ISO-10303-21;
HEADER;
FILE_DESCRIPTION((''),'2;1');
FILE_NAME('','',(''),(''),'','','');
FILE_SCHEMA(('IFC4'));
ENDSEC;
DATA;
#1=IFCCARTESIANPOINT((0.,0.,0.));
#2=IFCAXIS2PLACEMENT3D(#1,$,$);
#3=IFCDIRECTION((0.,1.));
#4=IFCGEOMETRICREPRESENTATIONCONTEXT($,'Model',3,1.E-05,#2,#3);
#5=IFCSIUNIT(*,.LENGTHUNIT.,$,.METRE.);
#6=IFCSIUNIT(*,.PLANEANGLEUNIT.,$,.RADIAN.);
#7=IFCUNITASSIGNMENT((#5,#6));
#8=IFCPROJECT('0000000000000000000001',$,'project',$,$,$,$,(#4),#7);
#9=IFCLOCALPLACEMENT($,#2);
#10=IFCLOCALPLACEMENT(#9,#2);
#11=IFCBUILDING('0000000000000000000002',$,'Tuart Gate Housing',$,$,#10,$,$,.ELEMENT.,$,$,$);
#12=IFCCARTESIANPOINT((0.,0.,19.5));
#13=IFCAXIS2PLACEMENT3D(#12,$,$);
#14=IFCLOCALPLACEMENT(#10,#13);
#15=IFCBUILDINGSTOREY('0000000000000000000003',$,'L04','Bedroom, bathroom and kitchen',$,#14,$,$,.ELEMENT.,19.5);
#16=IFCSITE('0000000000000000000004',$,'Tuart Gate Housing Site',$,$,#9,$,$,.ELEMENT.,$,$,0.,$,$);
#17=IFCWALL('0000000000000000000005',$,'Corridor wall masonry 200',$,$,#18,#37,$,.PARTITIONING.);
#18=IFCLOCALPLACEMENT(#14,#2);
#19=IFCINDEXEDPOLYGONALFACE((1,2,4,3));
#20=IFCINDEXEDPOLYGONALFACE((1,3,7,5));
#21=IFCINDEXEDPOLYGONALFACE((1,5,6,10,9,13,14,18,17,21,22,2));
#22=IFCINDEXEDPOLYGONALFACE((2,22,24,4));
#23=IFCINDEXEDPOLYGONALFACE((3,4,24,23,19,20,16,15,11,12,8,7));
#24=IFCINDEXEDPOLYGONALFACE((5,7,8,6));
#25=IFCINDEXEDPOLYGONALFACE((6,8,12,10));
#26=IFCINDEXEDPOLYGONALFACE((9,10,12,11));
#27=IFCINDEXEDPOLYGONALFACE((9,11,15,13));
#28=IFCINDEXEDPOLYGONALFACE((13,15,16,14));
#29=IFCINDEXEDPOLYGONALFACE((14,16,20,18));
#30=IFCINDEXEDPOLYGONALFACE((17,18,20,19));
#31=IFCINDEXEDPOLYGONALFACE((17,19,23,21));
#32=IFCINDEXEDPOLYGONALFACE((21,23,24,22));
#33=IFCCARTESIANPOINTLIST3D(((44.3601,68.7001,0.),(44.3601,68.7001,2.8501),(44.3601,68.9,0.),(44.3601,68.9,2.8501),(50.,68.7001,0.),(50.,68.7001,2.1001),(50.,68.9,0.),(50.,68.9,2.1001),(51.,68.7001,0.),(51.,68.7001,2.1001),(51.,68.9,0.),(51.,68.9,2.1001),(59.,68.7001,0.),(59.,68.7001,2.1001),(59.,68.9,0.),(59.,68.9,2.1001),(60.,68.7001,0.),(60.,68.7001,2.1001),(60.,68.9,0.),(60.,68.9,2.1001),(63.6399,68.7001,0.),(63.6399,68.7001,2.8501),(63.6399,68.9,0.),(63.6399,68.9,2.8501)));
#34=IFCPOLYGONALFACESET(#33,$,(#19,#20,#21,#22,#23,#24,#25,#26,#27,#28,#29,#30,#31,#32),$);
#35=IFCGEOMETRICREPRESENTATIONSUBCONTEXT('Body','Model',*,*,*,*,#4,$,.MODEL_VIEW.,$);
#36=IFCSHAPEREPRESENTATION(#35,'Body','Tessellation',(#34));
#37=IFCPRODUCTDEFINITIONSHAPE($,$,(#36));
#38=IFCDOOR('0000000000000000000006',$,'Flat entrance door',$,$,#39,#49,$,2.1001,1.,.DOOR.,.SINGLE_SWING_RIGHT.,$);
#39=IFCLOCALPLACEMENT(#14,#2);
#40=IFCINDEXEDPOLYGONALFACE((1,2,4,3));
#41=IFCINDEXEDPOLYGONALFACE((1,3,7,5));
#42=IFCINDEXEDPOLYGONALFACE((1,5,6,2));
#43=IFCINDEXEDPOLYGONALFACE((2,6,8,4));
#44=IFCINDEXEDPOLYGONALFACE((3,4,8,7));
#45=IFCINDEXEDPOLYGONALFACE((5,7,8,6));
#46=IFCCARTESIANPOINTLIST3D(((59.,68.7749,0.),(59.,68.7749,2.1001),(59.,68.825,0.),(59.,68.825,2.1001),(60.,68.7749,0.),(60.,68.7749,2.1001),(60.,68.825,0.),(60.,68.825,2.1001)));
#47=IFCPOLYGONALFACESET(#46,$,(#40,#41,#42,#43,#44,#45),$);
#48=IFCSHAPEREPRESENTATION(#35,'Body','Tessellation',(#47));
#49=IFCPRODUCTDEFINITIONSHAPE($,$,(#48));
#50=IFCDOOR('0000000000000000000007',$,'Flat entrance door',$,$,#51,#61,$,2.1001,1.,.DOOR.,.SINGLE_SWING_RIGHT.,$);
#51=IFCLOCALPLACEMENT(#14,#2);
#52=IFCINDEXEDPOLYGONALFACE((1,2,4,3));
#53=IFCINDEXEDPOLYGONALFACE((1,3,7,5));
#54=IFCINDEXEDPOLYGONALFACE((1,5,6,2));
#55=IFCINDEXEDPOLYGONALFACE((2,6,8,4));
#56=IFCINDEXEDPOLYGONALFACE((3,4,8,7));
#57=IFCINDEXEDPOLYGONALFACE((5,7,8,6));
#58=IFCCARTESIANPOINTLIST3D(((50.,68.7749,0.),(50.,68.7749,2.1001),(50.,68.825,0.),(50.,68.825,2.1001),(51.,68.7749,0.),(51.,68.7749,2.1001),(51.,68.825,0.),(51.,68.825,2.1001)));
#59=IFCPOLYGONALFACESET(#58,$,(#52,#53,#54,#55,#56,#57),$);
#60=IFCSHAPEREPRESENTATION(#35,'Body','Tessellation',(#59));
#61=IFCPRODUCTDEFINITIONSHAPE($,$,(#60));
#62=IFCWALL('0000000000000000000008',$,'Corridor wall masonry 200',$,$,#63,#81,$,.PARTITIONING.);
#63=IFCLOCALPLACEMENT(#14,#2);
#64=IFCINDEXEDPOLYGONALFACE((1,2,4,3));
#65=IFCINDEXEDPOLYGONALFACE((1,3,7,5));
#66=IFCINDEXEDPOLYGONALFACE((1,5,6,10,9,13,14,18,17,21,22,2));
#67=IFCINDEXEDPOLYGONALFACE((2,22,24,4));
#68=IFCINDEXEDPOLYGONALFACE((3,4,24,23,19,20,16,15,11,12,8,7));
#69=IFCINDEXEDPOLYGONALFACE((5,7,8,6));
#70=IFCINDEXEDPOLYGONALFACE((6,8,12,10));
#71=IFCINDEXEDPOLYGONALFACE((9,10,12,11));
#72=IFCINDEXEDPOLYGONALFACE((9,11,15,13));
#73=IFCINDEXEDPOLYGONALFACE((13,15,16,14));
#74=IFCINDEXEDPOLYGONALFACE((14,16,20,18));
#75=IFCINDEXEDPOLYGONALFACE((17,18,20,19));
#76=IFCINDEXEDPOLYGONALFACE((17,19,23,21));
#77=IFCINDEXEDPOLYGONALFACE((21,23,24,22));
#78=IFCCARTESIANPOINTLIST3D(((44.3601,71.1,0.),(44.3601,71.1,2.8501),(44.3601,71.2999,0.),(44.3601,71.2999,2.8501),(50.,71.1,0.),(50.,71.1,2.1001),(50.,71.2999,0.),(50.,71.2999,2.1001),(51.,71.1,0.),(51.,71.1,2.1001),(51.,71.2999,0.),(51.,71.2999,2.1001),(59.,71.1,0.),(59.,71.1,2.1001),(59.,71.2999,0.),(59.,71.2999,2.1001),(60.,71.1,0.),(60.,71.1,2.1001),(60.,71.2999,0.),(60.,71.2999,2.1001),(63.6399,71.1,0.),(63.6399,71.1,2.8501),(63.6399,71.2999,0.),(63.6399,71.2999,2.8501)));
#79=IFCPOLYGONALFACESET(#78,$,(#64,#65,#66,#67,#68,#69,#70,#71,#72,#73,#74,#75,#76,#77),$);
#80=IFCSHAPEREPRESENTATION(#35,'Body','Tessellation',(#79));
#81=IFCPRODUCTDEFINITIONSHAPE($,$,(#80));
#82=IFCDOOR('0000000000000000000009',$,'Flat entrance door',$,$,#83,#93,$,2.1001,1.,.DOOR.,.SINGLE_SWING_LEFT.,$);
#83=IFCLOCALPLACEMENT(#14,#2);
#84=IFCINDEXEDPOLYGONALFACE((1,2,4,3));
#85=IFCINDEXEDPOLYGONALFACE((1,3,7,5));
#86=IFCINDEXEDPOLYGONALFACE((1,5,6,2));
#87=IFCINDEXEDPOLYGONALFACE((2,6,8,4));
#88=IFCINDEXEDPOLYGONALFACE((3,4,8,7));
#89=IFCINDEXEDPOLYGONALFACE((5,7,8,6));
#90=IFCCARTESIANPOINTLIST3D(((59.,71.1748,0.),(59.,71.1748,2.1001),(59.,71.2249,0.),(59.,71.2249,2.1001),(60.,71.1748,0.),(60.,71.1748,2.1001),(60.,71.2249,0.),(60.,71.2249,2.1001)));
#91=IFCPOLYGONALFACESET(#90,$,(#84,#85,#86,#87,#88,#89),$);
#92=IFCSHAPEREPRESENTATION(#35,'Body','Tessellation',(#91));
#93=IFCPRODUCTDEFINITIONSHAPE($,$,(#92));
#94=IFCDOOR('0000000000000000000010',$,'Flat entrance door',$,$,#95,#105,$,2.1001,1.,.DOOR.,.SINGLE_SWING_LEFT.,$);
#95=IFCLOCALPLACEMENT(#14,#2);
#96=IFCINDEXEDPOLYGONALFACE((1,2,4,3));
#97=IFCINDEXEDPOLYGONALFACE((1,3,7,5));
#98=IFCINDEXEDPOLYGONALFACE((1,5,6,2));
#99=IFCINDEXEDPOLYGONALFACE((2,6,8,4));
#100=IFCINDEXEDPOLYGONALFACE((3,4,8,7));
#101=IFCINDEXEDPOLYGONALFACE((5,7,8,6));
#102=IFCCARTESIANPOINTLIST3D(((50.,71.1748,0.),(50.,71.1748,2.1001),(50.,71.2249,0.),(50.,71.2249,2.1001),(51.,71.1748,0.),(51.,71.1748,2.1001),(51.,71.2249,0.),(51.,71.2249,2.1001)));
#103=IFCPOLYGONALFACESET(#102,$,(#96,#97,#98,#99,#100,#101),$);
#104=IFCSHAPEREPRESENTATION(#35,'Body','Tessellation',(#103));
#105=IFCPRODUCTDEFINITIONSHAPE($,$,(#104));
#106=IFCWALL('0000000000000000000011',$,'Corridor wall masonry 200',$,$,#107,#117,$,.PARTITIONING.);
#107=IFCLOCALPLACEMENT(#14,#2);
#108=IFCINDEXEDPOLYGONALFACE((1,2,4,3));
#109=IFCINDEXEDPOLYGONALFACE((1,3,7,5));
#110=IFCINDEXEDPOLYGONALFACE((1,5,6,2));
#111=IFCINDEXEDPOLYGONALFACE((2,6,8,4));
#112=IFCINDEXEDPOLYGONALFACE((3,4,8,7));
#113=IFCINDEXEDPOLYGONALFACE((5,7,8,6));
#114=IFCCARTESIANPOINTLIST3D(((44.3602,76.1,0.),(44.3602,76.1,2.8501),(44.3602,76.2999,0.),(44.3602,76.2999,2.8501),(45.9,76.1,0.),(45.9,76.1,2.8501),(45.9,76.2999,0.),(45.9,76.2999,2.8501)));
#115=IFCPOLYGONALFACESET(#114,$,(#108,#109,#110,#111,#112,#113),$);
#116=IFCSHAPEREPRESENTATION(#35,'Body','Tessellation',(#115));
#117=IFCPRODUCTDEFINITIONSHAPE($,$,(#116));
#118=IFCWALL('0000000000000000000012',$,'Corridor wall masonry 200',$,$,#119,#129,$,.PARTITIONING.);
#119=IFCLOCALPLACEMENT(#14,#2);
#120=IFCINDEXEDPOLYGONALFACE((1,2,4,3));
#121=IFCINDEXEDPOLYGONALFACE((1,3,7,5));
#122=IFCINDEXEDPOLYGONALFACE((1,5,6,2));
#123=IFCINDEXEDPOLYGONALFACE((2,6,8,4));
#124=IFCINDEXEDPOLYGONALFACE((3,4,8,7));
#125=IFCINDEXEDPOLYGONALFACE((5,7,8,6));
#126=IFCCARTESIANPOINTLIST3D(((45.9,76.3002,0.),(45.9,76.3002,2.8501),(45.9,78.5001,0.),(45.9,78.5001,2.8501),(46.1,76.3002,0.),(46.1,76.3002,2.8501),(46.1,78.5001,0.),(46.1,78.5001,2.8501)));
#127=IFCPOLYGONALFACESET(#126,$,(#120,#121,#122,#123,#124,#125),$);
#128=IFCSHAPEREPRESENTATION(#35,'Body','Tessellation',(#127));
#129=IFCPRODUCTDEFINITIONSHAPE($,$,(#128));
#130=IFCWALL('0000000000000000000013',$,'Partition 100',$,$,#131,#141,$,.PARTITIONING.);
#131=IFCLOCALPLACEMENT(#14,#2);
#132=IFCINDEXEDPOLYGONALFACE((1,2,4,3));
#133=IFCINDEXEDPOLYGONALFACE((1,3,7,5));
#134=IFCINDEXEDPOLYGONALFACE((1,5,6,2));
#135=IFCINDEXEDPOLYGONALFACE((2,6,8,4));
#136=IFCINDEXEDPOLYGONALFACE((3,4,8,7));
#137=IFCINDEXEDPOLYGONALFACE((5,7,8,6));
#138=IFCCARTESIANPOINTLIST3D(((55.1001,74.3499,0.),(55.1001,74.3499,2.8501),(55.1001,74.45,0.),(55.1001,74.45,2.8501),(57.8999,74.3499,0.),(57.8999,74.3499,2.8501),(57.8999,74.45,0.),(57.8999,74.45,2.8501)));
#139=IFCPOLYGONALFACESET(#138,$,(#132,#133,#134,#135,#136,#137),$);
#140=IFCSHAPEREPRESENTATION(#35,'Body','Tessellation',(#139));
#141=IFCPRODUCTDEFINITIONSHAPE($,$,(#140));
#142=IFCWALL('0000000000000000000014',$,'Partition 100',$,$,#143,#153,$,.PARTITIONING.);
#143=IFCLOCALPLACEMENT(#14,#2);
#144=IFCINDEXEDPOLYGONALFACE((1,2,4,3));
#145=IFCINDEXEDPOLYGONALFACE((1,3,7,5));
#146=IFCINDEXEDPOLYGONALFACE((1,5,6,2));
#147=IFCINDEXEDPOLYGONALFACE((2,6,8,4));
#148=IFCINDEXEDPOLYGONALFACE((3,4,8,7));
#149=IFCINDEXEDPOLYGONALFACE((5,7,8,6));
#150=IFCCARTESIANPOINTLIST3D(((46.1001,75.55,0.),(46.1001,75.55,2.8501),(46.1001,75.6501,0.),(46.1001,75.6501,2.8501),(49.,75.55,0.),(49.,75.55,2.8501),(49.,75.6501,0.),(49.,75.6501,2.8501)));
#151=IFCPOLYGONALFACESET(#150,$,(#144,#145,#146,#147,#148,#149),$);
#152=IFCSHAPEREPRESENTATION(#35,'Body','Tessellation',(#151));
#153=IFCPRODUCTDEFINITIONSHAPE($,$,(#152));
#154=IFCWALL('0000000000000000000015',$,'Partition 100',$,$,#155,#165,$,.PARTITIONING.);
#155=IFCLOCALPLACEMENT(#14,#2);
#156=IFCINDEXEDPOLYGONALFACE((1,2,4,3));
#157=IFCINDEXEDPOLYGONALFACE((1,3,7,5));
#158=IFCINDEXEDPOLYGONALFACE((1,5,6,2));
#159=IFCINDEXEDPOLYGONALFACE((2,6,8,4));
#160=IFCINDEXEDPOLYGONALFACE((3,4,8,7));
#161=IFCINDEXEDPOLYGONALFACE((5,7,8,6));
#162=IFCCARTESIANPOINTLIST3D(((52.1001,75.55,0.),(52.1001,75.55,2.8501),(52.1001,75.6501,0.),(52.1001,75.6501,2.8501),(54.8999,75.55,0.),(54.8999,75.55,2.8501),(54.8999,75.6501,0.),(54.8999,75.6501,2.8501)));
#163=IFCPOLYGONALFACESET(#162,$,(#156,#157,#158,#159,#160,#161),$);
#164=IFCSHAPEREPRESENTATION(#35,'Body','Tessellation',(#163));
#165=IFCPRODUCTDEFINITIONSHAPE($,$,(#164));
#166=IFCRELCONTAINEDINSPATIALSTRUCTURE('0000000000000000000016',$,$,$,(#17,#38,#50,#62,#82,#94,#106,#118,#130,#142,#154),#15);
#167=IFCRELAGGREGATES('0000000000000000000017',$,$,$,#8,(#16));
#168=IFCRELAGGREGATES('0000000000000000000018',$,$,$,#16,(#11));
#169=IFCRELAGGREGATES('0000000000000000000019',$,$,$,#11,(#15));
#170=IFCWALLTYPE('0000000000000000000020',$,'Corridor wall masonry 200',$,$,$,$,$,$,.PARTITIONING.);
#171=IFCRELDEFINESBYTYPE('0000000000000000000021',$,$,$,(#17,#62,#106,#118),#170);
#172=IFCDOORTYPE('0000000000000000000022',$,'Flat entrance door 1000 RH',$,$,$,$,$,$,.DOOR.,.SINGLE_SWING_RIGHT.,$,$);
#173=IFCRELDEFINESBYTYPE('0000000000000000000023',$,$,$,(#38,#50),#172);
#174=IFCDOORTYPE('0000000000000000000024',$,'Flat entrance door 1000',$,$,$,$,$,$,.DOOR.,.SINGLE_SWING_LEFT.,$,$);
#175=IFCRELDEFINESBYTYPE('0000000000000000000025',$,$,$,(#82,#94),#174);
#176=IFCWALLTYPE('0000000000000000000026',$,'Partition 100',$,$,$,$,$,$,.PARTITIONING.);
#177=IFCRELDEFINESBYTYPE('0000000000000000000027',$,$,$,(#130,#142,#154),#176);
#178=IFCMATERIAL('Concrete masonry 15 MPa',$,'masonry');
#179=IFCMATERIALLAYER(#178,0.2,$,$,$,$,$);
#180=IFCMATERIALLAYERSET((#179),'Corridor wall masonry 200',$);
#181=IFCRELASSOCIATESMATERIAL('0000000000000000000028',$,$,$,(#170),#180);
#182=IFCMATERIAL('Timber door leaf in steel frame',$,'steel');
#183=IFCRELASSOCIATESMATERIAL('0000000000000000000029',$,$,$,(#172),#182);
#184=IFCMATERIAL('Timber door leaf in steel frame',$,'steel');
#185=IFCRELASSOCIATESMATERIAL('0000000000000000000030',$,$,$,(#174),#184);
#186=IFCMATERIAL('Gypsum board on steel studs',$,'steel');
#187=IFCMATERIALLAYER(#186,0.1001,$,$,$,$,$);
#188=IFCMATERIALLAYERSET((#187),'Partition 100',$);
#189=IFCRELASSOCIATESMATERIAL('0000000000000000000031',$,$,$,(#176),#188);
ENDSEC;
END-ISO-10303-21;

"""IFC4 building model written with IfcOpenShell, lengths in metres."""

from ifc_helpers import new_model, si_unit, direction, frame, frame_2d, origin, place, context, subcontext, project, spatial, rectangle, extrude, material, layer, layer_set, type_object, element, fill, save


model = new_model("IFC4")

# Units and contexts
model_context = context("Model", 3, precision=1e-05, world=origin(), true_north=direction((0.0, 1.0)))
body_context = subcontext(model_context, "Body", "Model", "MODEL_VIEW")
ifc_project = project(units=[si_unit("LENGTHUNIT", "METRE"), si_unit("PLANEANGLEUNIT", "RADIAN")], contexts=[model_context])

# Site, building, storey
site_placement = place(None, origin())
site = spatial("IfcSite", under=ifc_project, at=site_placement, Name="Tuart Gate Housing Site", CompositionType="ELEMENT", RefElevation=0.0)
building_placement = place(site_placement, origin())
building = spatial("IfcBuilding", under=site, at=building_placement, Name="Tuart Gate Housing", CompositionType="ELEMENT")
storey_placement = place(building_placement, frame((0.0, 0.0, 19.5)))
storey = spatial("IfcBuildingStorey", under=building, at=storey_placement, Name="L04", Description="Bedroom, bathroom and kitchen", CompositionType="ELEMENT", Elevation=19.5)

# Walls, openings, doors
ifc_material_1 = material(Name="Concrete masonry 15 MPa", Category="masonry")
ifc_layer_1 = layer(ifc_material_1, 0.2)
ifc_layer_set_1 = layer_set([ifc_layer_1], Name="Corridor wall masonry 200")
wall_type_1 = type_object("IfcWallType", Name="Corridor wall masonry 200", PredefinedType="PARTITIONING", material=ifc_layer_set_1)
wall_1_placement = place(storey_placement, frame((44.3601, 68.8, 0.0), z_axis=(0.0, 0.0, 1.0), x_axis=(1.0, 0.0, 0.0)))
wall_1 = element("IfcWall", 1, at=wall_1_placement, inside=storey, type_object=wall_type_1, Name="Corridor wall masonry 200", PredefinedType="PARTITIONING", context=body_context, shape_type="SweptSolid", body=[
    extrude(rectangle(XDim=19.2798, YDim=0.2, at=frame_2d((9.6399, 0.0))), origin(), (0.0, 0.0, 1.0), 2.8501),
])
opening_1_placement = place(wall_1_placement, frame((14.6399, 0.0, 0.0)))
opening_1 = element("IfcOpeningElement", 2, at=opening_1_placement, cuts=wall_1, PredefinedType="OPENING", context=body_context, shape_type="SweptSolid", body=[
    extrude(rectangle(XDim=1.0, YDim=2.1001, at=frame_2d((0.5, 1.05))), frame((0.0, 0.1099, 0.0), z_axis=(0.0, -1.0, 0.0), x_axis=(1.0, 0.0, 0.0)), (0.0, 0.0, 1.0), 0.22),
])
opening_2_placement = place(wall_1_placement, frame((5.6399, 0.0, 0.0)))
opening_2 = element("IfcOpeningElement", 3, at=opening_2_placement, cuts=wall_1, PredefinedType="OPENING", context=body_context, shape_type="SweptSolid", body=[
    extrude(rectangle(XDim=1.0, YDim=2.1001, at=frame_2d((0.5, 1.05))), frame((0.0, 0.1099, 0.0), z_axis=(0.0, -1.0, 0.0), x_axis=(1.0, 0.0, 0.0)), (0.0, 0.0, 1.0), 0.22),
])
ifc_material_2 = material(Name="Timber door leaf in steel frame", Category="steel")
door_type_1 = type_object("IfcDoorType", Name="Flat entrance door 1000 RH", OperationType="SINGLE_SWING_RIGHT", PredefinedType="DOOR", material=ifc_material_2)
door_1_placement = place(opening_1_placement, frame((1.0, 0.0, 0.0), z_axis=(0.0, 0.0, 1.0), x_axis=(-1.0, 0.0, 0.0)))
door_1 = element("IfcDoor", 4, at=door_1_placement, inside=storey, type_object=door_type_1, Name="Flat entrance door", OperationType="SINGLE_SWING_RIGHT", OverallHeight=2.1001, OverallWidth=1.0, PredefinedType="DOOR", context=body_context, shape_type="SweptSolid", body=[
    extrude(rectangle(XDim=1.0, YDim=2.1001, at=frame_2d((0.5, 1.05))), frame((0.0, 0.0251, 0.0), z_axis=(0.0, -1.0, 0.0), x_axis=(1.0, 0.0, 0.0)), (0.0, 0.0, 1.0), 0.05),
])
fill(opening_1, door_1)
door_2_placement = place(opening_2_placement, frame((1.0, 0.0, 0.0), z_axis=(0.0, 0.0, 1.0), x_axis=(-1.0, 0.0, 0.0)))
door_2 = element("IfcDoor", 5, at=door_2_placement, inside=storey, type_object=door_type_1, Name="Flat entrance door", OperationType="SINGLE_SWING_RIGHT", OverallHeight=2.1001, OverallWidth=1.0, PredefinedType="DOOR", context=body_context, shape_type="SweptSolid", body=[
    extrude(rectangle(XDim=1.0, YDim=2.1001, at=frame_2d((0.5, 1.05))), frame((0.0, 0.0251, 0.0), z_axis=(0.0, -1.0, 0.0), x_axis=(1.0, 0.0, 0.0)), (0.0, 0.0, 1.0), 0.05),
])
fill(opening_2, door_2)
wall_2_placement = place(storey_placement, frame((44.3601, 71.2, 0.0), z_axis=(0.0, 0.0, 1.0), x_axis=(1.0, 0.0, 0.0)))
wall_2 = element("IfcWall", 6, at=wall_2_placement, inside=storey, type_object=wall_type_1, Name="Corridor wall masonry 200", PredefinedType="PARTITIONING", context=body_context, shape_type="SweptSolid", body=[
    extrude(rectangle(XDim=19.2798, YDim=0.2, at=frame_2d((9.6399, 0.0))), origin(), (0.0, 0.0, 1.0), 2.8501),
])
opening_3_placement = place(wall_2_placement, frame((14.6399, 0.0, 0.0)))
opening_3 = element("IfcOpeningElement", 7, at=opening_3_placement, cuts=wall_2, PredefinedType="OPENING", context=body_context, shape_type="SweptSolid", body=[
    extrude(rectangle(XDim=1.0, YDim=2.1001, at=frame_2d((0.5, 1.05))), frame((0.0, 0.1099, 0.0), z_axis=(0.0, -1.0, 0.0), x_axis=(1.0, 0.0, 0.0)), (0.0, 0.0, 1.0), 0.22),
])
opening_4_placement = place(wall_2_placement, frame((5.6399, 0.0, 0.0)))
opening_4 = element("IfcOpeningElement", 8, at=opening_4_placement, cuts=wall_2, PredefinedType="OPENING", context=body_context, shape_type="SweptSolid", body=[
    extrude(rectangle(XDim=1.0, YDim=2.1001, at=frame_2d((0.5, 1.05))), frame((0.0, 0.1099, 0.0), z_axis=(0.0, -1.0, 0.0), x_axis=(1.0, 0.0, 0.0)), (0.0, 0.0, 1.0), 0.22),
])
ifc_material_3 = material(Name="Timber door leaf in steel frame", Category="steel")
door_type_2 = type_object("IfcDoorType", Name="Flat entrance door 1000", OperationType="SINGLE_SWING_LEFT", PredefinedType="DOOR", material=ifc_material_3)
door_3_placement = place(opening_3_placement, origin())
door_3 = element("IfcDoor", 9, at=door_3_placement, inside=storey, type_object=door_type_2, Name="Flat entrance door", OperationType="SINGLE_SWING_LEFT", OverallHeight=2.1001, OverallWidth=1.0, PredefinedType="DOOR", context=body_context, shape_type="SweptSolid", body=[
    extrude(rectangle(XDim=1.0, YDim=2.1001, at=frame_2d((0.5, 1.05))), frame((0.0, 0.0249, 0.0), z_axis=(0.0, -1.0, 0.0), x_axis=(1.0, 0.0, 0.0)), (0.0, 0.0, 1.0), 0.05),
])
fill(opening_3, door_3)
door_4_placement = place(opening_4_placement, origin())
door_4 = element("IfcDoor", 10, at=door_4_placement, inside=storey, type_object=door_type_2, Name="Flat entrance door", OperationType="SINGLE_SWING_LEFT", OverallHeight=2.1001, OverallWidth=1.0, PredefinedType="DOOR", context=body_context, shape_type="SweptSolid", body=[
    extrude(rectangle(XDim=1.0, YDim=2.1001, at=frame_2d((0.5, 1.05))), frame((0.0, 0.0249, 0.0), z_axis=(0.0, -1.0, 0.0), x_axis=(1.0, 0.0, 0.0)), (0.0, 0.0, 1.0), 0.05),
])
fill(opening_4, door_4)

# Walls
wall_3_placement = place(storey_placement, frame((44.3601, 76.2, 0.0), z_axis=(0.0, 0.0, 1.0), x_axis=(1.0, 0.0, 0.0)))
element("IfcWall", 11, at=wall_3_placement, inside=storey, type_object=wall_type_1, Name="Corridor wall masonry 200", PredefinedType="PARTITIONING", context=body_context, shape_type="SweptSolid", body=[
    extrude(rectangle(XDim=1.5398, YDim=0.2, at=frame_2d((0.77, 0.0))), origin(), (0.0, 0.0, 1.0), 2.8501),
])
wall_4_placement = place(storey_placement, frame((46.0, 76.3, 0.0), z_axis=(0.0, 0.0, 1.0), x_axis=(0.0, 1.0, 0.0)))
element("IfcWall", 12, at=wall_4_placement, inside=storey, type_object=wall_type_1, Name="Corridor wall masonry 200", PredefinedType="PARTITIONING", context=body_context, shape_type="SweptSolid", body=[
    extrude(rectangle(XDim=2.2, YDim=0.2, at=frame_2d((1.1001, 0.0))), origin(), (0.0, 0.0, 1.0), 2.8501),
])
ifc_material_4 = material(Name="Gypsum board on steel studs", Category="steel")
ifc_layer_2 = layer(ifc_material_4, 0.1001)
ifc_layer_set_2 = layer_set([ifc_layer_2], Name="Partition 100")
wall_type_2 = type_object("IfcWallType", Name="Partition 100", PredefinedType="PARTITIONING", material=ifc_layer_set_2)
wall_5_placement = place(storey_placement, frame((55.1001, 74.3999, 0.0), z_axis=(0.0, 0.0, 1.0), x_axis=(1.0, 0.0, 0.0)))
element("IfcWall", 13, at=wall_5_placement, inside=storey, type_object=wall_type_2, Name="Partition 100", PredefinedType="PARTITIONING", context=body_context, shape_type="SweptSolid", body=[
    extrude(rectangle(XDim=2.7998, YDim=0.1001, at=frame_2d((1.3999, 0.0))), origin(), (0.0, 0.0, 1.0), 2.8501),
])
wall_6_placement = place(storey_placement, frame((46.1001, 75.6001, 0.0), z_axis=(0.0, 0.0, 1.0), x_axis=(1.0, 0.0, 0.0)))
element("IfcWall", 14, at=wall_6_placement, inside=storey, type_object=wall_type_2, Name="Partition 100", PredefinedType="PARTITIONING", context=body_context, shape_type="SweptSolid", body=[
    extrude(rectangle(XDim=2.8999, YDim=0.1001, at=frame_2d((1.45, 0.0))), origin(), (0.0, 0.0, 1.0), 2.8501),
])
wall_7_placement = place(storey_placement, frame((52.1001, 75.6001, 0.0), z_axis=(0.0, 0.0, 1.0), x_axis=(1.0, 0.0, 0.0)))
element("IfcWall", 15, at=wall_7_placement, inside=storey, type_object=wall_type_2, Name="Partition 100", PredefinedType="PARTITIONING", context=body_context, shape_type="SweptSolid", body=[
    extrude(rectangle(XDim=2.7998, YDim=0.1001, at=frame_2d((1.3999, 0.0))), origin(), (0.0, 0.0, 1.0), 2.8501),
])

save(model, "model.ifc")
